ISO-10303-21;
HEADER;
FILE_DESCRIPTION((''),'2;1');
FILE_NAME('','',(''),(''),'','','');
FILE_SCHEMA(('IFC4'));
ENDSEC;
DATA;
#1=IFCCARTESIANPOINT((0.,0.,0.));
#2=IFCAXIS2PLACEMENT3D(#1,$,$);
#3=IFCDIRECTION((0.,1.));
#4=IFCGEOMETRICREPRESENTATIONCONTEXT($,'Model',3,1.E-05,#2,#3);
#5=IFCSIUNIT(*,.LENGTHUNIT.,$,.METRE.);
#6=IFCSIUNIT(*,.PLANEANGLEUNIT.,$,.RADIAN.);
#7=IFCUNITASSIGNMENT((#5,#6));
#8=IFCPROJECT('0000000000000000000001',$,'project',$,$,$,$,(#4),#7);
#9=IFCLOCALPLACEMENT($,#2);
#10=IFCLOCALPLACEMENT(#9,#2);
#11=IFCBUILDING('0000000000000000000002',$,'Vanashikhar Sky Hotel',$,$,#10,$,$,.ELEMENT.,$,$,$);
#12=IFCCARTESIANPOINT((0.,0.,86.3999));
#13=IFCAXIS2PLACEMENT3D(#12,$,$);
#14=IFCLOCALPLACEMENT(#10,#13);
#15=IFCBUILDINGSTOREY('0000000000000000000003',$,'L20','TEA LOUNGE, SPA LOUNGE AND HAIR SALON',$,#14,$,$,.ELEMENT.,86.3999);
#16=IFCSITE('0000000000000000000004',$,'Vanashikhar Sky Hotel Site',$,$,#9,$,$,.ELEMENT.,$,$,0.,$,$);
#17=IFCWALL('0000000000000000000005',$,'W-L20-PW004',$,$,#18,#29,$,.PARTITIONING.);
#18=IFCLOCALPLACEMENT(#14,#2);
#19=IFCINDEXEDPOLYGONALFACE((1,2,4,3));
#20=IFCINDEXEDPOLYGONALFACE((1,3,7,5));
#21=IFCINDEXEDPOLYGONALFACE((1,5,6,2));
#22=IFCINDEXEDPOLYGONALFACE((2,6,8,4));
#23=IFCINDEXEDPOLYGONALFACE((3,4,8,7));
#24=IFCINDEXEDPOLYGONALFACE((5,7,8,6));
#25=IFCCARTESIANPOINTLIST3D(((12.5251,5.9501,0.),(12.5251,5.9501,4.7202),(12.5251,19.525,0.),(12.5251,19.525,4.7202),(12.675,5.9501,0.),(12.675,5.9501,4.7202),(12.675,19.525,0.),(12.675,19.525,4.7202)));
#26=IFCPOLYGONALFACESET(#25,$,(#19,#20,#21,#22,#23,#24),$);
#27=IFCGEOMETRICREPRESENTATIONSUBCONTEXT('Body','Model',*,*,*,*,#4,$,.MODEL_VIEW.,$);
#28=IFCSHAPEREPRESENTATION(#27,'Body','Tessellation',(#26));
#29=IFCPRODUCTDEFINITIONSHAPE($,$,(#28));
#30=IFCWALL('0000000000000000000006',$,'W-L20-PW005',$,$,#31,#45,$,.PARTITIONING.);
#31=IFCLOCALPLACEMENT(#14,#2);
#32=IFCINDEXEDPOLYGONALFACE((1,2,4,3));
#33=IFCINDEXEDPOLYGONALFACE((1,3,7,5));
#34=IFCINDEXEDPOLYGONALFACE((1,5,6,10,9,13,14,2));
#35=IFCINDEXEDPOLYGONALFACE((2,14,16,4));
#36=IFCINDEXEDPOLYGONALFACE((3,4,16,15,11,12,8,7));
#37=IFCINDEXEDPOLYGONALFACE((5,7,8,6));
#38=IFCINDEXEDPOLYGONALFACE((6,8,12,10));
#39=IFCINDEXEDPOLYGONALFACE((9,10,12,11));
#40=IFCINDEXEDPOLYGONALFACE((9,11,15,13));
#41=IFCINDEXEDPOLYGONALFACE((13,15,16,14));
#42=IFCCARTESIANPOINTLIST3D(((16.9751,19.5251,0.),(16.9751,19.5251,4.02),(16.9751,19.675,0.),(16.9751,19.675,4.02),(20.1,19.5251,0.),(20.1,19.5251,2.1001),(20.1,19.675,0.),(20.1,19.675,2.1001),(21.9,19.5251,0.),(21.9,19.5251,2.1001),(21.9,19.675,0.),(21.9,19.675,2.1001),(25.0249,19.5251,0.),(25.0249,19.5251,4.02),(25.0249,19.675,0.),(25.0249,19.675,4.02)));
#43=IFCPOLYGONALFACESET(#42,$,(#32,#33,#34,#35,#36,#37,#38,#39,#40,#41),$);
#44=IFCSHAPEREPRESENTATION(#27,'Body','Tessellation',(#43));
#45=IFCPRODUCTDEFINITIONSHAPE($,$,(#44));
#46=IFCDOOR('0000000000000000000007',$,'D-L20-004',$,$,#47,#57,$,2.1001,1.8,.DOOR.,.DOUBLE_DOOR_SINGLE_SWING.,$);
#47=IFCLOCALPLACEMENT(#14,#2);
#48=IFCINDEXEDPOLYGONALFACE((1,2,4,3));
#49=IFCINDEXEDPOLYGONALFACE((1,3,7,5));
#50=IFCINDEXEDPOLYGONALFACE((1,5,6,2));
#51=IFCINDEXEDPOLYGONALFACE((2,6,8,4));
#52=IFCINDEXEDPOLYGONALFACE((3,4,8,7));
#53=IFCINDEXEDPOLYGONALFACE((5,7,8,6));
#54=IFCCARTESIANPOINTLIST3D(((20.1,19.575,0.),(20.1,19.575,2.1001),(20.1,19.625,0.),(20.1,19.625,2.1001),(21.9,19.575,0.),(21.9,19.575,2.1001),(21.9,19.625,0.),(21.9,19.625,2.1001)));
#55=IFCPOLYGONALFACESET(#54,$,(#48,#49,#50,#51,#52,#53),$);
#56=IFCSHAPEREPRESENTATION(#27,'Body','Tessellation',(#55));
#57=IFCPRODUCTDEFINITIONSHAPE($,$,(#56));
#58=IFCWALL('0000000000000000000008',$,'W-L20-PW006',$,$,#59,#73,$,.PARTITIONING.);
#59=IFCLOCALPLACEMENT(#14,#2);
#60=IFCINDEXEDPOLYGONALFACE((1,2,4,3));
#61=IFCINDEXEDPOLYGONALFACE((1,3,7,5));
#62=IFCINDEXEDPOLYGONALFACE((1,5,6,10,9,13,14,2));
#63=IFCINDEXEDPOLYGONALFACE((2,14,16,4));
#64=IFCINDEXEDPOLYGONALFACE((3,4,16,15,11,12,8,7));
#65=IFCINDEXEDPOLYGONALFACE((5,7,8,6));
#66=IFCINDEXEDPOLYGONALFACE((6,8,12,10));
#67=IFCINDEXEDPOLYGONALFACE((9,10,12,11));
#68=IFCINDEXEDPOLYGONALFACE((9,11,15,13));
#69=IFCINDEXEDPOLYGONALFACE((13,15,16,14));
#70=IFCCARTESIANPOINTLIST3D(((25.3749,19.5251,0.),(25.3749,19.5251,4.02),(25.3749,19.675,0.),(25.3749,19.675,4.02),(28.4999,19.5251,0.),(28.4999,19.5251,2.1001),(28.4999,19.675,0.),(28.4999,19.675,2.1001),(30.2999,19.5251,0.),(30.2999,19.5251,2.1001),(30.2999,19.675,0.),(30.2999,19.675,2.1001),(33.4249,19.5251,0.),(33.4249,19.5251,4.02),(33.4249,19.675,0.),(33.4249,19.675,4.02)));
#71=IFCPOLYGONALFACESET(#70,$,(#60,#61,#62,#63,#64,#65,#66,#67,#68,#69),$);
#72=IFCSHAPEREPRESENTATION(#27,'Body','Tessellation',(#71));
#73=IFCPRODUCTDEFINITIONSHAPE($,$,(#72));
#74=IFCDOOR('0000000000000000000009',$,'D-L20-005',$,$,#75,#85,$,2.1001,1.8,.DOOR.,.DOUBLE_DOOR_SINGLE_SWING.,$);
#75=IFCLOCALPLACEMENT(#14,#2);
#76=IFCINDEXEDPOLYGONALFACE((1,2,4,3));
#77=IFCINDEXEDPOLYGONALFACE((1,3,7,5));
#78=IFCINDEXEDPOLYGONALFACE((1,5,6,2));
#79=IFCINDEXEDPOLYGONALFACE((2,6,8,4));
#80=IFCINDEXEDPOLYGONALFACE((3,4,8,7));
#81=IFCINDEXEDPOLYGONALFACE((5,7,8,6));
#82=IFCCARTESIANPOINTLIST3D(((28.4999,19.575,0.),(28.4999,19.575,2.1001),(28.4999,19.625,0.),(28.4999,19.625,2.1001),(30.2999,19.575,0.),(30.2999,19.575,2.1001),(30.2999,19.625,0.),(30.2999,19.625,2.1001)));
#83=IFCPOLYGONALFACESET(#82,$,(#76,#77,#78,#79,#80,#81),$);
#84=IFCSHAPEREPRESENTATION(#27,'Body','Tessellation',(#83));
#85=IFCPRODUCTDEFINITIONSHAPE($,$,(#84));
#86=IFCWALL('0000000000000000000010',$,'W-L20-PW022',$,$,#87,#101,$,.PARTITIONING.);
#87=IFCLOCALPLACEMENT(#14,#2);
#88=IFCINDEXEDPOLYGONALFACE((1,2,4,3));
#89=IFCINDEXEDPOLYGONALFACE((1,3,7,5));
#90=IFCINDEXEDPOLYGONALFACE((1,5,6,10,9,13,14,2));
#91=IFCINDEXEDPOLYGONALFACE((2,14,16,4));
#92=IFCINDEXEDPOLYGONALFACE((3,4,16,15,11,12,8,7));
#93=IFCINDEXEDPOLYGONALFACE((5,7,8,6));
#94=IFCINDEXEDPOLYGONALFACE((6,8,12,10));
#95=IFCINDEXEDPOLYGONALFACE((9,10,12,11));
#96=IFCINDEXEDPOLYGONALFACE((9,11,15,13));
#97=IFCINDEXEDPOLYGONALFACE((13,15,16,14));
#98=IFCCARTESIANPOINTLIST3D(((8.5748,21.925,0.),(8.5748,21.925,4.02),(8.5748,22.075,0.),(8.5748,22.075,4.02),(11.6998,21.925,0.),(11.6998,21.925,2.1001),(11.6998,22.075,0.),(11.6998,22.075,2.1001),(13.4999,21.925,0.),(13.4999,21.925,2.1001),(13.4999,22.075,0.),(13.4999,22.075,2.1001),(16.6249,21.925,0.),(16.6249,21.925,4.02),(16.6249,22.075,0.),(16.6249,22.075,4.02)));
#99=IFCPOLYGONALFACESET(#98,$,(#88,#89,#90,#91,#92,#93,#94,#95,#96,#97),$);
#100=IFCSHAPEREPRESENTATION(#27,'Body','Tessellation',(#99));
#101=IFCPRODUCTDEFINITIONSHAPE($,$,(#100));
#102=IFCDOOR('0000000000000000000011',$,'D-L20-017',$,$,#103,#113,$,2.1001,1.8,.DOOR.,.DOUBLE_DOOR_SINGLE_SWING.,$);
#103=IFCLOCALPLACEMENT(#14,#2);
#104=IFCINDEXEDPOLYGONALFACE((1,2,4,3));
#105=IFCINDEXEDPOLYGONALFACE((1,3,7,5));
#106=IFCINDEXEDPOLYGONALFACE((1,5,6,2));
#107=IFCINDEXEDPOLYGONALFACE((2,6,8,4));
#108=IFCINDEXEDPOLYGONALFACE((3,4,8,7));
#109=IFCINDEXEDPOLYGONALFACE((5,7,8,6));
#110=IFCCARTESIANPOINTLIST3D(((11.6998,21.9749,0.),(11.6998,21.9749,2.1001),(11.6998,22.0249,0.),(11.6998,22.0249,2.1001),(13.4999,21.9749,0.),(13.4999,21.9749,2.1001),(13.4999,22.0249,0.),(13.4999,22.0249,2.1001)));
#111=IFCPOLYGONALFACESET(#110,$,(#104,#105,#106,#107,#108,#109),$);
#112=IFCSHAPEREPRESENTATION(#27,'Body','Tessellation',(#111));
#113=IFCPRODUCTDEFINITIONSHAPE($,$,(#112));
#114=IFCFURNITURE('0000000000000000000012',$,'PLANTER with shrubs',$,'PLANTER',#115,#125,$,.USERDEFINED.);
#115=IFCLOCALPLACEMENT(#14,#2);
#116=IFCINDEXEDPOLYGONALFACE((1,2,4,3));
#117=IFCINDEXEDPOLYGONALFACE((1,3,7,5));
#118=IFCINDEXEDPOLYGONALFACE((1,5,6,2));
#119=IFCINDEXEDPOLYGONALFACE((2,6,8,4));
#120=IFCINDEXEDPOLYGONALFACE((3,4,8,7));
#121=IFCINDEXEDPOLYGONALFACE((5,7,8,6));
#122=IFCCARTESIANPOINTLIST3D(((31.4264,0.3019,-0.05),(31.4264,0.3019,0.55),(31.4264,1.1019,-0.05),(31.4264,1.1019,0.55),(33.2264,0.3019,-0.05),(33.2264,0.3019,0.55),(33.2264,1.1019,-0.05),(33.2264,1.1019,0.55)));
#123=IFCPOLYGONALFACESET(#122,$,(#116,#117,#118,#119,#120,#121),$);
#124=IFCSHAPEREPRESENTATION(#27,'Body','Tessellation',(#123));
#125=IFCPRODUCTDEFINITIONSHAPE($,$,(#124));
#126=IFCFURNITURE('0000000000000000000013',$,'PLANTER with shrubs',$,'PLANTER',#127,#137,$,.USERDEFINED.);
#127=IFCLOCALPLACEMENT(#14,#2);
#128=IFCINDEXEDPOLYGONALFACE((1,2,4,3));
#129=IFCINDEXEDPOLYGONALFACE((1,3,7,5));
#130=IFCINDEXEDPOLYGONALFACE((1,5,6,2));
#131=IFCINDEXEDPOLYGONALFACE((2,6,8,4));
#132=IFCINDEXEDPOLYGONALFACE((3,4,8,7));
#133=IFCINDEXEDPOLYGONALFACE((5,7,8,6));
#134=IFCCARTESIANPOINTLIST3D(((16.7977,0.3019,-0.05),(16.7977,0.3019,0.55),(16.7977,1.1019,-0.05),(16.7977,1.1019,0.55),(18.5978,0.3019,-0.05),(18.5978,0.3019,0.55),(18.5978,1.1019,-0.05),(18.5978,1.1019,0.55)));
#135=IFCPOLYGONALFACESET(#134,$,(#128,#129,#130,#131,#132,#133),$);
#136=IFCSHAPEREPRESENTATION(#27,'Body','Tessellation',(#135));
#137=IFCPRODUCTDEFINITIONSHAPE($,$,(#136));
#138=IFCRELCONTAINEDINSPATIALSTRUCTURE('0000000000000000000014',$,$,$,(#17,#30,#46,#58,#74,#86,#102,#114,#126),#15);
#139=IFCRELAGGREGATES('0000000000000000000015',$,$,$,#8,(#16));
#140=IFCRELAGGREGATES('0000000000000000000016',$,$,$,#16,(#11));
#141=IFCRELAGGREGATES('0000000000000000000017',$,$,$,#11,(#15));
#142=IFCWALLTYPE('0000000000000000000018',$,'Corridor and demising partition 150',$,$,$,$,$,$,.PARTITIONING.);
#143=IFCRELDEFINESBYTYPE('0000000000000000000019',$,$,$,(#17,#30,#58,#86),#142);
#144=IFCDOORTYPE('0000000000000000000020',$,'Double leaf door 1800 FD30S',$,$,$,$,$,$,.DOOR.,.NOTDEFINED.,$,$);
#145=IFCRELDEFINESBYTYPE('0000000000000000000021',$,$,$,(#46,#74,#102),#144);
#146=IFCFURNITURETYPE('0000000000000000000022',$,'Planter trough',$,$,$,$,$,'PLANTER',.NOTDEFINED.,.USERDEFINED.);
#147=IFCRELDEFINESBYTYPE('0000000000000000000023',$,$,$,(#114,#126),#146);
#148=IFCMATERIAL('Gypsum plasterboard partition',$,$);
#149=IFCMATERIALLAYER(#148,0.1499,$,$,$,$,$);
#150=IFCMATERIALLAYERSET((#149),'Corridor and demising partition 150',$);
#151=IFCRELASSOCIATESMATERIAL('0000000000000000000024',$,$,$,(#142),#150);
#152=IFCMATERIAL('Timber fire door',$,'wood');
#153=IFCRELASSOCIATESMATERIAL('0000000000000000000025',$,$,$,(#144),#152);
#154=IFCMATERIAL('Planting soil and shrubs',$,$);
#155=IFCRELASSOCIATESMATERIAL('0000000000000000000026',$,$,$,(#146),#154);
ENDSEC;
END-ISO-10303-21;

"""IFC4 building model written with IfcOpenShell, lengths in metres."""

from ifc_helpers import new_model, si_unit, direction, frame, frame_2d, origin, origin_2d, place, context, subcontext, project, spatial, rectangle, extrude, source, transform, mapped, material, layer, layer_set, type_object, element, fill, save


model = new_model("IFC4")

# Units and contexts
model_context = context("Model", 3, precision=1e-05, world=origin(), true_north=direction((0.0, 1.0)))
body_context = subcontext(model_context, "Body", "Model", "MODEL_VIEW")
ifc_project = project(units=[si_unit("LENGTHUNIT", "METRE"), si_unit("PLANEANGLEUNIT", "RADIAN")], contexts=[model_context])

# Site, building, storey
site_placement = place(None, origin())
site = spatial("IfcSite", under=ifc_project, at=site_placement, Name="Vanashikhar Sky Hotel Site", CompositionType="ELEMENT", RefElevation=0.0)
building_placement = place(site_placement, origin())
building = spatial("IfcBuilding", under=site, at=building_placement, Name="Vanashikhar Sky Hotel", CompositionType="ELEMENT")
storey_placement = place(building_placement, frame((0.0, 0.0, 86.3999)))
storey = spatial("IfcBuildingStorey", under=building, at=storey_placement, Name="L20", Description="TEA LOUNGE, SPA LOUNGE AND HAIR SALON", CompositionType="ELEMENT", Elevation=86.3999)

# Shared definitions
ifc_material_1 = material(Name="Gypsum plasterboard partition")
ifc_layer_1 = layer(ifc_material_1, 0.1499)
ifc_layer_set_1 = layer_set([ifc_layer_1], Name="Corridor and demising partition 150")
wall_type_1 = type_object("IfcWallType", Name="Corridor and demising partition 150", PredefinedType="PARTITIONING", material=ifc_layer_set_1)
ifc_material_2 = material(Name="Timber fire door", Category="wood")

# Wall
shared_shape_1 = source(origin(), body_context, "Body", "SweptSolid", [
    extrude(rectangle(XDim=13.575, YDim=0.1499, at=frame_2d((6.7876, 0.0))), origin(), (0.0, 0.0, 1.0), 4.7202),
])
wall_1_placement = place(storey_placement, frame((12.6001, 5.95, 0.0), z_axis=(0.0, 0.0, 1.0), x_axis=(0.0, 1.0, 0.0)))
element("IfcWall", 1, at=wall_1_placement, inside=storey, type_object=wall_type_1, Name="W-L20-PW004", PredefinedType="PARTITIONING", context=body_context, shape_type="MappedRepresentation", body=[
    mapped(shared_shape_1, transform((0.0, 0.0, 0.0), scale=1.0)),
])

# Walls, openings, doors
shared_shape_2 = source(origin(), body_context, "Body", "SweptSolid", [
    extrude(rectangle(XDim=8.0498, YDim=0.1499, at=frame_2d((4.0249, 0.0))), origin(), (0.0, 0.0, 1.0), 4.02),
])
wall_2_placement = place(storey_placement, frame((16.9751, 19.6001, 0.0), z_axis=(0.0, 0.0, 1.0), x_axis=(1.0, 0.0, 0.0)))
wall_2 = element("IfcWall", 2, at=wall_2_placement, inside=storey, type_object=wall_type_1, Name="W-L20-PW005", PredefinedType="PARTITIONING", context=body_context, shape_type="MappedRepresentation", body=[
    mapped(shared_shape_2, transform((0.0, 0.0, 0.0), scale=1.0)),
])
shared_shape_3 = source(origin(), body_context, "Body", "SweptSolid", [
    extrude(rectangle(XDim=1.8, YDim=2.1001, at=frame_2d((0.8999, 1.05))), frame((0.0, 0.085, 0.0), z_axis=(0.0, -1.0, 0.0), x_axis=(1.0, 0.0, 0.0)), (0.0, 0.0, 1.0), 0.1699),
])
opening_1_placement = place(wall_2_placement, frame((3.125, 0.0, 0.0)))
opening_1 = element("IfcOpeningElement", 3, at=opening_1_placement, cuts=wall_2, PredefinedType="OPENING", context=body_context, shape_type="MappedRepresentation", body=[
    mapped(shared_shape_3, transform((0.0, 0.0, 0.0), scale=1.0)),
])
door_type_1 = type_object("IfcDoorType", Name="Double leaf door 1800 FD30S", OperationType="NOTDEFINED", PredefinedType="DOOR", material=ifc_material_2)
shared_shape_4 = source(origin(), body_context, "Body", "SweptSolid", [
    extrude(rectangle(XDim=1.8, YDim=2.1001, at=frame_2d((0.8999, 1.05))), frame((0.0, 0.0249, 0.0), z_axis=(0.0, -1.0, 0.0), x_axis=(1.0, 0.0, 0.0)), (0.0, 0.0, 1.0), 0.05),
])
door_1_placement = place(opening_1_placement, origin())
door_1 = element("IfcDoor", 4, at=door_1_placement, inside=storey, type_object=door_type_1, Name="D-L20-004", OperationType="DOUBLE_DOOR_SINGLE_SWING", OverallHeight=2.1001, OverallWidth=1.8, PredefinedType="DOOR", context=body_context, shape_type="MappedRepresentation", body=[
    mapped(shared_shape_4, transform((0.0, 0.0, 0.0), scale=1.0)),
])
fill(opening_1, door_1)
shared_shape_5 = source(origin(), body_context, "Body", "SweptSolid", [
    extrude(rectangle(XDim=8.05, YDim=0.1499, at=frame_2d((4.0249, 0.0))), origin(), (0.0, 0.0, 1.0), 4.02),
])
wall_3_placement = place(storey_placement, frame((25.375, 19.6001, 0.0), z_axis=(0.0, 0.0, 1.0), x_axis=(1.0, 0.0, 0.0)))
wall_3 = element("IfcWall", 5, at=wall_3_placement, inside=storey, type_object=wall_type_1, Name="W-L20-PW006", PredefinedType="PARTITIONING", context=body_context, shape_type="MappedRepresentation", body=[
    mapped(shared_shape_5, transform((0.0, 0.0, 0.0), scale=1.0)),
])
opening_2_placement = place(wall_3_placement, frame((3.125, 0.0, 0.0)))
opening_2 = element("IfcOpeningElement", 6, at=opening_2_placement, cuts=wall_3, PredefinedType="OPENING", context=body_context, shape_type="MappedRepresentation", body=[
    mapped(shared_shape_3, transform((0.0, 0.0, 0.0), scale=1.0)),
])
door_2_placement = place(opening_2_placement, origin())
door_2 = element("IfcDoor", 7, at=door_2_placement, inside=storey, type_object=door_type_1, Name="D-L20-005", OperationType="DOUBLE_DOOR_SINGLE_SWING", OverallHeight=2.1001, OverallWidth=1.8, PredefinedType="DOOR", context=body_context, shape_type="MappedRepresentation", body=[
    mapped(shared_shape_4, transform((0.0, 0.0, 0.0), scale=1.0)),
])
fill(opening_2, door_2)
wall_4_placement = place(storey_placement, frame((8.575, 22.0, 0.0), z_axis=(0.0, 0.0, 1.0), x_axis=(1.0, 0.0, 0.0)))
wall_4 = element("IfcWall", 8, at=wall_4_placement, inside=storey, type_object=wall_type_1, Name="W-L20-PW022", PredefinedType="PARTITIONING", context=body_context, shape_type="MappedRepresentation", body=[
    mapped(shared_shape_5, transform((0.0, 0.0, 0.0), scale=1.0)),
])
opening_3_placement = place(wall_4_placement, frame((3.125, 0.0, 0.0)))
opening_3 = element("IfcOpeningElement", 9, at=opening_3_placement, cuts=wall_4, PredefinedType="OPENING", context=body_context, shape_type="MappedRepresentation", body=[
    mapped(shared_shape_3, transform((0.0, 0.0, 0.0), scale=1.0)),
])
door_3_placement = place(opening_3_placement, origin())
door_3 = element("IfcDoor", 10, at=door_3_placement, inside=storey, type_object=door_type_1, Name="D-L20-017", OperationType="DOUBLE_DOOR_SINGLE_SWING", OverallHeight=2.1001, OverallWidth=1.8, PredefinedType="DOOR", context=body_context, shape_type="MappedRepresentation", body=[
    mapped(shared_shape_4, transform((0.0, 0.0, 0.0), scale=1.0)),
])
fill(opening_3, door_3)

# Furniture
ifc_material_3 = material(Name="Planting soil and shrubs")
furniture_type = type_object("IfcFurnitureType", Name="Planter trough", ElementType="PLANTER", AssemblyPlace="NOTDEFINED", PredefinedType="USERDEFINED", material=ifc_material_3)
shared_shape_6 = source(origin(), body_context, "Body", "SweptSolid", [
    extrude(rectangle(XDim=1.8, YDim=0.8, at=origin_2d()), origin(), (0.0, 0.0, 1.0), 0.6001),
])
for number, where, z_axis, x_axis, name in (
    (11, (32.3264, 0.7019, -0.05), (0.0, 0.0, 1.0), (-1.0, 0.0, 0.0), "PLANTER with shrubs"),
    (12, (17.6978, 0.7019, -0.05), (0.0, 0.0, 1.0), (-1.0, 0.0, 0.0), "PLANTER with shrubs"),
):
    element("IfcFurniture", number, at=place(storey_placement, frame(where, z_axis=z_axis, x_axis=x_axis)), inside=storey, type_object=furniture_type, Name=name, ObjectType="PLANTER", PredefinedType="USERDEFINED", context=body_context, shape_type="MappedRepresentation", body=[
        mapped(shared_shape_6, transform((0.0, 0.0, 0.0), scale=1.0)),
    ])

save(model, "model.ifc")
